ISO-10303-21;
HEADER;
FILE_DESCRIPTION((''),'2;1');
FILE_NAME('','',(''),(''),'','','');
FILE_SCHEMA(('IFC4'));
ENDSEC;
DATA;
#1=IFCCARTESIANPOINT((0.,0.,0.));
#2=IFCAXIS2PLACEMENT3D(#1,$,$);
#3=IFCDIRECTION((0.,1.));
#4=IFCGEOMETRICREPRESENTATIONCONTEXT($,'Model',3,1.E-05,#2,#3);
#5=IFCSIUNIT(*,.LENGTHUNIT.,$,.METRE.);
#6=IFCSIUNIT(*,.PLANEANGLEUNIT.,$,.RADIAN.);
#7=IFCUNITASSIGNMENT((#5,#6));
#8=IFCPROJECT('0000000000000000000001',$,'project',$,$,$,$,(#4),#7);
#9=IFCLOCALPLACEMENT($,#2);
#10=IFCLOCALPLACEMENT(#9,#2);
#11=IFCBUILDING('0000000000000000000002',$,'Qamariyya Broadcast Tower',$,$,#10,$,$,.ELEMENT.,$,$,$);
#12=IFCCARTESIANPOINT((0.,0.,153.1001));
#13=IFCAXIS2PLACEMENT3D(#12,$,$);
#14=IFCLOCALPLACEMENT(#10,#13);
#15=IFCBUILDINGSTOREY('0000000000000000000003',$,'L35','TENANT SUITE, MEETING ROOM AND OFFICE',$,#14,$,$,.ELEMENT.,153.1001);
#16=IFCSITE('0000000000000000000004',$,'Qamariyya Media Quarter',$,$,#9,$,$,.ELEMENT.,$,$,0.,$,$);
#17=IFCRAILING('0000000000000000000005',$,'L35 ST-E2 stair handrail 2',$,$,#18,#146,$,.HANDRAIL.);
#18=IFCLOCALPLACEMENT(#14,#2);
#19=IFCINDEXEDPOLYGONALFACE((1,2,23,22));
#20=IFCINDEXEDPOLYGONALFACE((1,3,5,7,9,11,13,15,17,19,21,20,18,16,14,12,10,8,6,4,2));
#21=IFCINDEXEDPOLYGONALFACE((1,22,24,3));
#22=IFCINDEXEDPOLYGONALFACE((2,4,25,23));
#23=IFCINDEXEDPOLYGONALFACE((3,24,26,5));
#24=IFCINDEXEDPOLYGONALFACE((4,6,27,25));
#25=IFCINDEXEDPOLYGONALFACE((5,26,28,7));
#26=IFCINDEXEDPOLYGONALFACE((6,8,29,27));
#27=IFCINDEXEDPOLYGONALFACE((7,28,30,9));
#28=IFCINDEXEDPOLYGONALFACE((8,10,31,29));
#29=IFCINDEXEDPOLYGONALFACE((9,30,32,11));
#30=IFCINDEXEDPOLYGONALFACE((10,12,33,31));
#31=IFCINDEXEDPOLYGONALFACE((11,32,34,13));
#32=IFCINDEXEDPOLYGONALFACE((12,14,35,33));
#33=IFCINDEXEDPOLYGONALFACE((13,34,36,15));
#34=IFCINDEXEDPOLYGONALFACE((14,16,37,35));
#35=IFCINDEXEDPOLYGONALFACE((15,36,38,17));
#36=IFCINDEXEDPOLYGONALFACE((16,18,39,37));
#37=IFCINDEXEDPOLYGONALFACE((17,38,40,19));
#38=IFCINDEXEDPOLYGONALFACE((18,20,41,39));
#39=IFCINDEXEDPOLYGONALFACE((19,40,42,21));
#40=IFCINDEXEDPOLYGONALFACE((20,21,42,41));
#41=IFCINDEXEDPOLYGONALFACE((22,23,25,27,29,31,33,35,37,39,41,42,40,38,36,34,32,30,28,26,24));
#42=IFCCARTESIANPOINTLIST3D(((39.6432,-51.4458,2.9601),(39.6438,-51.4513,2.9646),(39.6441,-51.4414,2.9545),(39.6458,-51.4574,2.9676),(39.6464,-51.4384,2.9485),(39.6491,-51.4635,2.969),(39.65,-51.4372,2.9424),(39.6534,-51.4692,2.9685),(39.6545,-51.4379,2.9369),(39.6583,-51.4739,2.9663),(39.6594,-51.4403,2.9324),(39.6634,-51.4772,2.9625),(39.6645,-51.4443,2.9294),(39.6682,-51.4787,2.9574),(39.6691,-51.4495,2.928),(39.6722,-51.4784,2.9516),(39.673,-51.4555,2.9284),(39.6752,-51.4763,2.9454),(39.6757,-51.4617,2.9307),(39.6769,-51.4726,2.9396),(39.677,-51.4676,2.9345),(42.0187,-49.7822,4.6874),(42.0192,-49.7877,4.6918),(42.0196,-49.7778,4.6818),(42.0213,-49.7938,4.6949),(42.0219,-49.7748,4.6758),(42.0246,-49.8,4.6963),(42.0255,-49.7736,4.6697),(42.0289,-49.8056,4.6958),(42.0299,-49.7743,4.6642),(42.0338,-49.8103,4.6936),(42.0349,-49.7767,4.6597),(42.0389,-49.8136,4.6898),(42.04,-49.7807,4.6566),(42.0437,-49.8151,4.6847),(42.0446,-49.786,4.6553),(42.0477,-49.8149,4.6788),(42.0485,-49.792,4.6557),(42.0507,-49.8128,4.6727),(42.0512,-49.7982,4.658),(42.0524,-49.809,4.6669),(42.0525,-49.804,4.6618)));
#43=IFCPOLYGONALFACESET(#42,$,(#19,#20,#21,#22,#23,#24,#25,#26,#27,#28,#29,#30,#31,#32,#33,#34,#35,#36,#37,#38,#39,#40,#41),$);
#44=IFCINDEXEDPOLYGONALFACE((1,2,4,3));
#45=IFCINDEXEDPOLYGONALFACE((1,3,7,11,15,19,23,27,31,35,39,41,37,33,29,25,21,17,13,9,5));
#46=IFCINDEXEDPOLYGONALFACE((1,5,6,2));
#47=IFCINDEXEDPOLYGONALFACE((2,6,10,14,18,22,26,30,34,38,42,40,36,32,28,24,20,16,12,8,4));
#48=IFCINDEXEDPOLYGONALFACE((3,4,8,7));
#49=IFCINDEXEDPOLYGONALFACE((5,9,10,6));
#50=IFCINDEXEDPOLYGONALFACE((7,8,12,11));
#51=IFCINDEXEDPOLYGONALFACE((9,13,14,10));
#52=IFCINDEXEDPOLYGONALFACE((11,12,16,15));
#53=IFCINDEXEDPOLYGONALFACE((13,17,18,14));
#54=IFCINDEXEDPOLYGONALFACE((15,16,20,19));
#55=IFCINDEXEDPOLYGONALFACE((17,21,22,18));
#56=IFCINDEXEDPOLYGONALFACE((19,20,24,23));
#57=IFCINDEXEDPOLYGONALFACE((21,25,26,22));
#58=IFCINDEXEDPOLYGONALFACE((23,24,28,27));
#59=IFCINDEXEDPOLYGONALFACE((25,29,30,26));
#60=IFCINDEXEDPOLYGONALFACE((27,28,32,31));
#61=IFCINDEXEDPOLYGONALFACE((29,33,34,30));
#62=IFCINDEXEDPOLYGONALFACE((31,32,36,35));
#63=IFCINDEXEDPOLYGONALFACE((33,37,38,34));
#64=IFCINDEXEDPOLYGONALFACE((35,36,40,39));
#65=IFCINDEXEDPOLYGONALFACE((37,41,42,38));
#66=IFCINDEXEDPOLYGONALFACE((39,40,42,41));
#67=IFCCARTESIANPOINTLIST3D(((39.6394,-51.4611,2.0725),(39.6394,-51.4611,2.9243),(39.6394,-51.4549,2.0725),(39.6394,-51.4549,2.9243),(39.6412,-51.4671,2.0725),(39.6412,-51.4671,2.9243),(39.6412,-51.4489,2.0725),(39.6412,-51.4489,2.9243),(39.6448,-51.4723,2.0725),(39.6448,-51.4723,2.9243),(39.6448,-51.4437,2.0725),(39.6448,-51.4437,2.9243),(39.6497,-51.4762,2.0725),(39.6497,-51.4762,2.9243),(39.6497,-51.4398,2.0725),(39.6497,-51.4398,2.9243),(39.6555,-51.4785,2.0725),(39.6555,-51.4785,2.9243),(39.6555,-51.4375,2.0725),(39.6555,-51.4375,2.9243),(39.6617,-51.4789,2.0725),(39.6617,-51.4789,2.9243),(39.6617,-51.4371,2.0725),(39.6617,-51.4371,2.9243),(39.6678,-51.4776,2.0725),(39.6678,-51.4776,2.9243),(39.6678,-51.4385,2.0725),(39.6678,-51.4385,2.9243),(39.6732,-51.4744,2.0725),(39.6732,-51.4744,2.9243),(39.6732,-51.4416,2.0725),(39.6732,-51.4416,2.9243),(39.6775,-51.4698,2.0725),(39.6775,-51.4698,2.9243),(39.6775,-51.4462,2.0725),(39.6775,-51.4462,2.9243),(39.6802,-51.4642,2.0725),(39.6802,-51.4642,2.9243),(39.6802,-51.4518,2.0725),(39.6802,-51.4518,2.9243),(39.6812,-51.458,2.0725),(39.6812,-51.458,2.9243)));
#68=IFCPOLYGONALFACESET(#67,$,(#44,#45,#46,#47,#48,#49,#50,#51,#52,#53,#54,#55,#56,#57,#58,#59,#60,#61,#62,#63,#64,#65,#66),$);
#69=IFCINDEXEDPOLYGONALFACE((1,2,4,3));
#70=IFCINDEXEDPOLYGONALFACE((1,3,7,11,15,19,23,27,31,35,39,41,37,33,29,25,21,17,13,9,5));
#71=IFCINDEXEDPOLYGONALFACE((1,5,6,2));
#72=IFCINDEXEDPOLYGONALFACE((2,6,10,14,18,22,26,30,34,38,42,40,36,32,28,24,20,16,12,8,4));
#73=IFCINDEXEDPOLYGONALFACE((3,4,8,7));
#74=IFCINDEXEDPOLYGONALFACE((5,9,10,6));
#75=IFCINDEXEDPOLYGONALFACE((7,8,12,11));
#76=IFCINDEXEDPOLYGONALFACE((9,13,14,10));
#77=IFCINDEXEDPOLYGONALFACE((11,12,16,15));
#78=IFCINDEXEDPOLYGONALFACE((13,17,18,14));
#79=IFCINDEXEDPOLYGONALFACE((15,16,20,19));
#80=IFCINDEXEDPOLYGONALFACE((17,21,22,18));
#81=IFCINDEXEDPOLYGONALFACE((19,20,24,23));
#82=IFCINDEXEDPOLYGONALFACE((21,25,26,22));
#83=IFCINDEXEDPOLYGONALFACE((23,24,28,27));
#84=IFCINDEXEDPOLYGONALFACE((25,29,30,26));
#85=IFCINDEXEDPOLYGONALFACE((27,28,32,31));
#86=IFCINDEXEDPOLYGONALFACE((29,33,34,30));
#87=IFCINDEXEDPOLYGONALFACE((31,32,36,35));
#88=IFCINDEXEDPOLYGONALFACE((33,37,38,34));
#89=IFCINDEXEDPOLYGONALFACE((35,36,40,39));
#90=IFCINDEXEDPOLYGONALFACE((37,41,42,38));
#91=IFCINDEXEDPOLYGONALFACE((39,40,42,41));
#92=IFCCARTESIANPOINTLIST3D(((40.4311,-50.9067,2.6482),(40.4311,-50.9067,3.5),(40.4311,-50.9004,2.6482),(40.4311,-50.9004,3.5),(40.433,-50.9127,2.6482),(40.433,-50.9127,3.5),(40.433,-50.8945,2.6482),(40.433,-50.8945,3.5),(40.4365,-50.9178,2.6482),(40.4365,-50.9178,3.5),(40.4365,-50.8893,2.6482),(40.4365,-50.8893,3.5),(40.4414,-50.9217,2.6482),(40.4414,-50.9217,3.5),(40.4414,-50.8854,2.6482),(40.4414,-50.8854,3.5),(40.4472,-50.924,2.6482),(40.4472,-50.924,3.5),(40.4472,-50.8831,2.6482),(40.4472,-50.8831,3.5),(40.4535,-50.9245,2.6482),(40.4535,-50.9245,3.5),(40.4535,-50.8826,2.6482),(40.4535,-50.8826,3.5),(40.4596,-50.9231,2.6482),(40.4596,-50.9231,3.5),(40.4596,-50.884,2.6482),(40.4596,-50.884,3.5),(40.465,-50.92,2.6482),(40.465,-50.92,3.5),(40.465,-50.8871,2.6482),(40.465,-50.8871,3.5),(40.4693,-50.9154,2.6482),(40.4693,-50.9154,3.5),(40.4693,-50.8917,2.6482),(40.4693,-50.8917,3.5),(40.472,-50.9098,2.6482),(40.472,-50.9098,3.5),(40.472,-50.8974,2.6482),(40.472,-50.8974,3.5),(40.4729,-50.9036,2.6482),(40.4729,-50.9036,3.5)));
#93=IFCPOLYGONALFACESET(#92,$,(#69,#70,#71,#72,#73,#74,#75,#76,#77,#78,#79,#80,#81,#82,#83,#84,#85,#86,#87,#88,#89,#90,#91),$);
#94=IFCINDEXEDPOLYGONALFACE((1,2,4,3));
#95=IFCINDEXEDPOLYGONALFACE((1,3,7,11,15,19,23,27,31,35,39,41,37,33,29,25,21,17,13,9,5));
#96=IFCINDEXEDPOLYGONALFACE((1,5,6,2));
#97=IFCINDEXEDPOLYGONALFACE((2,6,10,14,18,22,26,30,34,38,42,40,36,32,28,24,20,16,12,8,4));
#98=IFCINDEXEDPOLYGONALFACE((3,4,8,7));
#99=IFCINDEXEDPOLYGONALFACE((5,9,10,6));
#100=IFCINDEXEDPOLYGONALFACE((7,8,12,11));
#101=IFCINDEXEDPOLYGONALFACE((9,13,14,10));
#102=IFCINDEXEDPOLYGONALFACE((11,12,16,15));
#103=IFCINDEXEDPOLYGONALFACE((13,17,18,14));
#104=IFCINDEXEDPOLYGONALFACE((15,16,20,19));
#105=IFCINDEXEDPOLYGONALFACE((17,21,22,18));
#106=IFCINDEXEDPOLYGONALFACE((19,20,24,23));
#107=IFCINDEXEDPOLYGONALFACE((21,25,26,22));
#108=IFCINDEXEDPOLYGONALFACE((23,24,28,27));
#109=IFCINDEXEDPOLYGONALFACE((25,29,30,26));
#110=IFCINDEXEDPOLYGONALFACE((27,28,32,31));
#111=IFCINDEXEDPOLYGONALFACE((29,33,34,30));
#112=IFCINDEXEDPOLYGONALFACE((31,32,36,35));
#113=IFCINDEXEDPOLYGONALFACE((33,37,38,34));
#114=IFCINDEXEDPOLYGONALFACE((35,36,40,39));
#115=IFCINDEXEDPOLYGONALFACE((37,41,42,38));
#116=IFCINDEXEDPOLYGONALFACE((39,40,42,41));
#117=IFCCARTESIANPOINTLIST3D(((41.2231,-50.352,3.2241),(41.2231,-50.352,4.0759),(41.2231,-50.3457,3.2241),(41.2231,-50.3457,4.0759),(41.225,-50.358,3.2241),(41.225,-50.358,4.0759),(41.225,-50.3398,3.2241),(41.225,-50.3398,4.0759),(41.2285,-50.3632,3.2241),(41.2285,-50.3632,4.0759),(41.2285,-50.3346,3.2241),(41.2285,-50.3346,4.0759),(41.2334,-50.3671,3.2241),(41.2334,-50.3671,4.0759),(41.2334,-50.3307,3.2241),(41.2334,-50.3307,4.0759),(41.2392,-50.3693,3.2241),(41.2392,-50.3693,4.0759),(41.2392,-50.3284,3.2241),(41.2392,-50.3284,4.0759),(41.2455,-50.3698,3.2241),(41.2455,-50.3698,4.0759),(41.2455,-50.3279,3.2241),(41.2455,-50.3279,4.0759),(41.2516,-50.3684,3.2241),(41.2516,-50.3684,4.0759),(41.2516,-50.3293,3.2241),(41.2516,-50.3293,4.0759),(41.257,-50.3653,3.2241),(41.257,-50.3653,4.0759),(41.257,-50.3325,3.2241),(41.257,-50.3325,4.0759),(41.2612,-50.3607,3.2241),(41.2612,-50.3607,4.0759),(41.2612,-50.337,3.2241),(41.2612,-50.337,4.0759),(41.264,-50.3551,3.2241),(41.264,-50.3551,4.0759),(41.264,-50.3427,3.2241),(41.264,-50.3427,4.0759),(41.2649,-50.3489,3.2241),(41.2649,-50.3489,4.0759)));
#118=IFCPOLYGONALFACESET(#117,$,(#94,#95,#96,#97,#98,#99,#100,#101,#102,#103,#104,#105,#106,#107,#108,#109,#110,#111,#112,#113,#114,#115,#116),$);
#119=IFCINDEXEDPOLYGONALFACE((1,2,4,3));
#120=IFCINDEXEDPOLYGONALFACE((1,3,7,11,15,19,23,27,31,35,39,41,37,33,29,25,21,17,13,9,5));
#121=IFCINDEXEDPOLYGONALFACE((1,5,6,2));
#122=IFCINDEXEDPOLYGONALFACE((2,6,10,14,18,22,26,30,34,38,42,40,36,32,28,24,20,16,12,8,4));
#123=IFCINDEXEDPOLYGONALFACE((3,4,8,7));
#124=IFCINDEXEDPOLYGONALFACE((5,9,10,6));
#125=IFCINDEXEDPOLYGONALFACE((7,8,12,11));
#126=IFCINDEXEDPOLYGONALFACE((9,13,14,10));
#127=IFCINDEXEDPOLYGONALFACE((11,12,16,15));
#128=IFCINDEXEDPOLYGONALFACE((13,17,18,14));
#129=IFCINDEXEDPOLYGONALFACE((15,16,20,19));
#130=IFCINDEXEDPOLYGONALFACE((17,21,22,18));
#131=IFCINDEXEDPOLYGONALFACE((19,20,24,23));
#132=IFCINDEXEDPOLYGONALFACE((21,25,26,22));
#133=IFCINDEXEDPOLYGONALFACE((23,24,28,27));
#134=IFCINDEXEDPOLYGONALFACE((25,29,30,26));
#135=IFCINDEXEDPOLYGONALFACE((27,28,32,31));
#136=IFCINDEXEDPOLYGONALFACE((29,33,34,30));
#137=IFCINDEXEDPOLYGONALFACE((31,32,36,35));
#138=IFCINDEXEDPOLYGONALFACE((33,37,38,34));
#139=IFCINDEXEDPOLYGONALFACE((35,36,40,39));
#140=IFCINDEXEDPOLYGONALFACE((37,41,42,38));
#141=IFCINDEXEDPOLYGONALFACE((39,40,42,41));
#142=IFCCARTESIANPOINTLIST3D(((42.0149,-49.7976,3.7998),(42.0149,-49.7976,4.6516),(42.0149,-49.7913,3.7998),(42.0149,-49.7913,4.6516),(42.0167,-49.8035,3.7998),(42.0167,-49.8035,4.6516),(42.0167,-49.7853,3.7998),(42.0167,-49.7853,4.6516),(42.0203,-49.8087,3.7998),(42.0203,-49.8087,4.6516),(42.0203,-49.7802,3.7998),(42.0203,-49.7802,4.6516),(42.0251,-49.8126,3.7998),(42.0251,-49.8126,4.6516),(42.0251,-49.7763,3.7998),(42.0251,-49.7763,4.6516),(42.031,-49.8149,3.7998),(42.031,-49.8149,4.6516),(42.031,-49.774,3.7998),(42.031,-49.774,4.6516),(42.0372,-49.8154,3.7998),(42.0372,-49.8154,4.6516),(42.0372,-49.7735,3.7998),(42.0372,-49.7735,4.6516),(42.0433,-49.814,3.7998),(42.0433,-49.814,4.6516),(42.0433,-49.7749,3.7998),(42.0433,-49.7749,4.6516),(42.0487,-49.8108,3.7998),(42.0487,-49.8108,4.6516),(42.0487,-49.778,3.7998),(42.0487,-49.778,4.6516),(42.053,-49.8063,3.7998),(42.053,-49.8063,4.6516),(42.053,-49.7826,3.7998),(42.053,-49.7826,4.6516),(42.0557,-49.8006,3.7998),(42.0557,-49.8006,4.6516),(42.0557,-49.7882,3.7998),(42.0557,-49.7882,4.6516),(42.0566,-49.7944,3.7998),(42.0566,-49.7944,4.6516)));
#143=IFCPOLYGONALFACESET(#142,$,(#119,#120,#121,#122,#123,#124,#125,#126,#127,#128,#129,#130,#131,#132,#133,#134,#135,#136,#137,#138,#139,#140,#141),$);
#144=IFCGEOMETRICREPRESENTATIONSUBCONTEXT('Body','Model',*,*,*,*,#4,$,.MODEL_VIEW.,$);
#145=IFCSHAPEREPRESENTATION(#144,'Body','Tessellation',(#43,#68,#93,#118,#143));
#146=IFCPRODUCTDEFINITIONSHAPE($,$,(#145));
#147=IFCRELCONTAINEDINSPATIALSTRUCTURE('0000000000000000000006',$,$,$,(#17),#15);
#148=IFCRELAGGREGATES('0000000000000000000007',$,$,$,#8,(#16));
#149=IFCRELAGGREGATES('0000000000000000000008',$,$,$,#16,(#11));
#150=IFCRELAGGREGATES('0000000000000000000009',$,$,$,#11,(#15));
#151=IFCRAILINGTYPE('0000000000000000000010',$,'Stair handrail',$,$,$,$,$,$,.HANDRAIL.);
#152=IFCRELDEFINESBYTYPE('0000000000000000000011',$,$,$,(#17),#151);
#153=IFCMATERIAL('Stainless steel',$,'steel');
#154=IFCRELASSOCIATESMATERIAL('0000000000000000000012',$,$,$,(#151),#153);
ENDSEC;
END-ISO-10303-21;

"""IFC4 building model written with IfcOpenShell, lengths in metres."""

from ifc_helpers import new_model, si_unit, direction, frame, origin, origin_2d, place, context, subcontext, project, spatial, circle, extrude, material, type_object, element, save


model = new_model("IFC4")

# Units and contexts
model_context = context("Model", 3, precision=1e-05, world=origin(), true_north=direction((0.0, 1.0)))
body_context = subcontext(model_context, "Body", "Model", "MODEL_VIEW")
ifc_project = project(units=[si_unit("LENGTHUNIT", "METRE"), si_unit("PLANEANGLEUNIT", "RADIAN")], contexts=[model_context])

# Site, building, storey
site_placement = place(None, origin())
site = spatial("IfcSite", under=ifc_project, at=site_placement, Name="Qamariyya Media Quarter", CompositionType="ELEMENT", RefElevation=0.0)
building_placement = place(site_placement, origin())
building = spatial("IfcBuilding", under=site, at=building_placement, Name="Qamariyya Broadcast Tower", CompositionType="ELEMENT")
storey_placement = place(building_placement, frame((0.0, 0.0, 153.1001)))
storey = spatial("IfcBuildingStorey", under=building, at=storey_placement, Name="L35", Description="TENANT SUITE, MEETING ROOM AND OFFICE", CompositionType="ELEMENT", Elevation=153.1001)

# Railing
ifc_material_1 = material(Name="Stainless steel", Category="steel")
railing_type_1 = type_object("IfcRailingType", Name="Stair handrail", PredefinedType="HANDRAIL", material=ifc_material_1)
railing_1_placement = place(storey_placement, frame((39.6602, -51.458, 2.0725)))
element("IfcRailing", 1, at=railing_1_placement, inside=storey, type_object=railing_type_1, Name="L35 ST-E2 stair handrail 2", PredefinedType="HANDRAIL", context=body_context, shape_type="SweptSolid", body=[
    extrude(circle(Radius=0.0239, at=origin_2d()), frame((0.0, 0.0, 0.876), z_axis=(0.703745, 0.492838, 0.511716), x_axis=(-0.573632, 0.819113, 0.0)), (0.0, 0.0, 1.0), 3.3755),
    extrude(circle(Radius=0.021, at=origin_2d()), origin(), (0.0, 0.0, 1.0), 0.8518),
    extrude(circle(Radius=0.021, at=origin_2d()), frame((0.7917, 0.5544, 0.5757)), (0.0, 0.0, 1.0), 0.8518),
    extrude(circle(Radius=0.021, at=origin_2d()), frame((1.5837, 1.1091, 1.1516)), (0.0, 0.0, 1.0), 0.8518),
    extrude(circle(Radius=0.021, at=origin_2d()), frame((2.3755, 1.6636, 1.7273)), (0.0, 0.0, 1.0), 0.8518),
])

save(model, "model.ifc")
